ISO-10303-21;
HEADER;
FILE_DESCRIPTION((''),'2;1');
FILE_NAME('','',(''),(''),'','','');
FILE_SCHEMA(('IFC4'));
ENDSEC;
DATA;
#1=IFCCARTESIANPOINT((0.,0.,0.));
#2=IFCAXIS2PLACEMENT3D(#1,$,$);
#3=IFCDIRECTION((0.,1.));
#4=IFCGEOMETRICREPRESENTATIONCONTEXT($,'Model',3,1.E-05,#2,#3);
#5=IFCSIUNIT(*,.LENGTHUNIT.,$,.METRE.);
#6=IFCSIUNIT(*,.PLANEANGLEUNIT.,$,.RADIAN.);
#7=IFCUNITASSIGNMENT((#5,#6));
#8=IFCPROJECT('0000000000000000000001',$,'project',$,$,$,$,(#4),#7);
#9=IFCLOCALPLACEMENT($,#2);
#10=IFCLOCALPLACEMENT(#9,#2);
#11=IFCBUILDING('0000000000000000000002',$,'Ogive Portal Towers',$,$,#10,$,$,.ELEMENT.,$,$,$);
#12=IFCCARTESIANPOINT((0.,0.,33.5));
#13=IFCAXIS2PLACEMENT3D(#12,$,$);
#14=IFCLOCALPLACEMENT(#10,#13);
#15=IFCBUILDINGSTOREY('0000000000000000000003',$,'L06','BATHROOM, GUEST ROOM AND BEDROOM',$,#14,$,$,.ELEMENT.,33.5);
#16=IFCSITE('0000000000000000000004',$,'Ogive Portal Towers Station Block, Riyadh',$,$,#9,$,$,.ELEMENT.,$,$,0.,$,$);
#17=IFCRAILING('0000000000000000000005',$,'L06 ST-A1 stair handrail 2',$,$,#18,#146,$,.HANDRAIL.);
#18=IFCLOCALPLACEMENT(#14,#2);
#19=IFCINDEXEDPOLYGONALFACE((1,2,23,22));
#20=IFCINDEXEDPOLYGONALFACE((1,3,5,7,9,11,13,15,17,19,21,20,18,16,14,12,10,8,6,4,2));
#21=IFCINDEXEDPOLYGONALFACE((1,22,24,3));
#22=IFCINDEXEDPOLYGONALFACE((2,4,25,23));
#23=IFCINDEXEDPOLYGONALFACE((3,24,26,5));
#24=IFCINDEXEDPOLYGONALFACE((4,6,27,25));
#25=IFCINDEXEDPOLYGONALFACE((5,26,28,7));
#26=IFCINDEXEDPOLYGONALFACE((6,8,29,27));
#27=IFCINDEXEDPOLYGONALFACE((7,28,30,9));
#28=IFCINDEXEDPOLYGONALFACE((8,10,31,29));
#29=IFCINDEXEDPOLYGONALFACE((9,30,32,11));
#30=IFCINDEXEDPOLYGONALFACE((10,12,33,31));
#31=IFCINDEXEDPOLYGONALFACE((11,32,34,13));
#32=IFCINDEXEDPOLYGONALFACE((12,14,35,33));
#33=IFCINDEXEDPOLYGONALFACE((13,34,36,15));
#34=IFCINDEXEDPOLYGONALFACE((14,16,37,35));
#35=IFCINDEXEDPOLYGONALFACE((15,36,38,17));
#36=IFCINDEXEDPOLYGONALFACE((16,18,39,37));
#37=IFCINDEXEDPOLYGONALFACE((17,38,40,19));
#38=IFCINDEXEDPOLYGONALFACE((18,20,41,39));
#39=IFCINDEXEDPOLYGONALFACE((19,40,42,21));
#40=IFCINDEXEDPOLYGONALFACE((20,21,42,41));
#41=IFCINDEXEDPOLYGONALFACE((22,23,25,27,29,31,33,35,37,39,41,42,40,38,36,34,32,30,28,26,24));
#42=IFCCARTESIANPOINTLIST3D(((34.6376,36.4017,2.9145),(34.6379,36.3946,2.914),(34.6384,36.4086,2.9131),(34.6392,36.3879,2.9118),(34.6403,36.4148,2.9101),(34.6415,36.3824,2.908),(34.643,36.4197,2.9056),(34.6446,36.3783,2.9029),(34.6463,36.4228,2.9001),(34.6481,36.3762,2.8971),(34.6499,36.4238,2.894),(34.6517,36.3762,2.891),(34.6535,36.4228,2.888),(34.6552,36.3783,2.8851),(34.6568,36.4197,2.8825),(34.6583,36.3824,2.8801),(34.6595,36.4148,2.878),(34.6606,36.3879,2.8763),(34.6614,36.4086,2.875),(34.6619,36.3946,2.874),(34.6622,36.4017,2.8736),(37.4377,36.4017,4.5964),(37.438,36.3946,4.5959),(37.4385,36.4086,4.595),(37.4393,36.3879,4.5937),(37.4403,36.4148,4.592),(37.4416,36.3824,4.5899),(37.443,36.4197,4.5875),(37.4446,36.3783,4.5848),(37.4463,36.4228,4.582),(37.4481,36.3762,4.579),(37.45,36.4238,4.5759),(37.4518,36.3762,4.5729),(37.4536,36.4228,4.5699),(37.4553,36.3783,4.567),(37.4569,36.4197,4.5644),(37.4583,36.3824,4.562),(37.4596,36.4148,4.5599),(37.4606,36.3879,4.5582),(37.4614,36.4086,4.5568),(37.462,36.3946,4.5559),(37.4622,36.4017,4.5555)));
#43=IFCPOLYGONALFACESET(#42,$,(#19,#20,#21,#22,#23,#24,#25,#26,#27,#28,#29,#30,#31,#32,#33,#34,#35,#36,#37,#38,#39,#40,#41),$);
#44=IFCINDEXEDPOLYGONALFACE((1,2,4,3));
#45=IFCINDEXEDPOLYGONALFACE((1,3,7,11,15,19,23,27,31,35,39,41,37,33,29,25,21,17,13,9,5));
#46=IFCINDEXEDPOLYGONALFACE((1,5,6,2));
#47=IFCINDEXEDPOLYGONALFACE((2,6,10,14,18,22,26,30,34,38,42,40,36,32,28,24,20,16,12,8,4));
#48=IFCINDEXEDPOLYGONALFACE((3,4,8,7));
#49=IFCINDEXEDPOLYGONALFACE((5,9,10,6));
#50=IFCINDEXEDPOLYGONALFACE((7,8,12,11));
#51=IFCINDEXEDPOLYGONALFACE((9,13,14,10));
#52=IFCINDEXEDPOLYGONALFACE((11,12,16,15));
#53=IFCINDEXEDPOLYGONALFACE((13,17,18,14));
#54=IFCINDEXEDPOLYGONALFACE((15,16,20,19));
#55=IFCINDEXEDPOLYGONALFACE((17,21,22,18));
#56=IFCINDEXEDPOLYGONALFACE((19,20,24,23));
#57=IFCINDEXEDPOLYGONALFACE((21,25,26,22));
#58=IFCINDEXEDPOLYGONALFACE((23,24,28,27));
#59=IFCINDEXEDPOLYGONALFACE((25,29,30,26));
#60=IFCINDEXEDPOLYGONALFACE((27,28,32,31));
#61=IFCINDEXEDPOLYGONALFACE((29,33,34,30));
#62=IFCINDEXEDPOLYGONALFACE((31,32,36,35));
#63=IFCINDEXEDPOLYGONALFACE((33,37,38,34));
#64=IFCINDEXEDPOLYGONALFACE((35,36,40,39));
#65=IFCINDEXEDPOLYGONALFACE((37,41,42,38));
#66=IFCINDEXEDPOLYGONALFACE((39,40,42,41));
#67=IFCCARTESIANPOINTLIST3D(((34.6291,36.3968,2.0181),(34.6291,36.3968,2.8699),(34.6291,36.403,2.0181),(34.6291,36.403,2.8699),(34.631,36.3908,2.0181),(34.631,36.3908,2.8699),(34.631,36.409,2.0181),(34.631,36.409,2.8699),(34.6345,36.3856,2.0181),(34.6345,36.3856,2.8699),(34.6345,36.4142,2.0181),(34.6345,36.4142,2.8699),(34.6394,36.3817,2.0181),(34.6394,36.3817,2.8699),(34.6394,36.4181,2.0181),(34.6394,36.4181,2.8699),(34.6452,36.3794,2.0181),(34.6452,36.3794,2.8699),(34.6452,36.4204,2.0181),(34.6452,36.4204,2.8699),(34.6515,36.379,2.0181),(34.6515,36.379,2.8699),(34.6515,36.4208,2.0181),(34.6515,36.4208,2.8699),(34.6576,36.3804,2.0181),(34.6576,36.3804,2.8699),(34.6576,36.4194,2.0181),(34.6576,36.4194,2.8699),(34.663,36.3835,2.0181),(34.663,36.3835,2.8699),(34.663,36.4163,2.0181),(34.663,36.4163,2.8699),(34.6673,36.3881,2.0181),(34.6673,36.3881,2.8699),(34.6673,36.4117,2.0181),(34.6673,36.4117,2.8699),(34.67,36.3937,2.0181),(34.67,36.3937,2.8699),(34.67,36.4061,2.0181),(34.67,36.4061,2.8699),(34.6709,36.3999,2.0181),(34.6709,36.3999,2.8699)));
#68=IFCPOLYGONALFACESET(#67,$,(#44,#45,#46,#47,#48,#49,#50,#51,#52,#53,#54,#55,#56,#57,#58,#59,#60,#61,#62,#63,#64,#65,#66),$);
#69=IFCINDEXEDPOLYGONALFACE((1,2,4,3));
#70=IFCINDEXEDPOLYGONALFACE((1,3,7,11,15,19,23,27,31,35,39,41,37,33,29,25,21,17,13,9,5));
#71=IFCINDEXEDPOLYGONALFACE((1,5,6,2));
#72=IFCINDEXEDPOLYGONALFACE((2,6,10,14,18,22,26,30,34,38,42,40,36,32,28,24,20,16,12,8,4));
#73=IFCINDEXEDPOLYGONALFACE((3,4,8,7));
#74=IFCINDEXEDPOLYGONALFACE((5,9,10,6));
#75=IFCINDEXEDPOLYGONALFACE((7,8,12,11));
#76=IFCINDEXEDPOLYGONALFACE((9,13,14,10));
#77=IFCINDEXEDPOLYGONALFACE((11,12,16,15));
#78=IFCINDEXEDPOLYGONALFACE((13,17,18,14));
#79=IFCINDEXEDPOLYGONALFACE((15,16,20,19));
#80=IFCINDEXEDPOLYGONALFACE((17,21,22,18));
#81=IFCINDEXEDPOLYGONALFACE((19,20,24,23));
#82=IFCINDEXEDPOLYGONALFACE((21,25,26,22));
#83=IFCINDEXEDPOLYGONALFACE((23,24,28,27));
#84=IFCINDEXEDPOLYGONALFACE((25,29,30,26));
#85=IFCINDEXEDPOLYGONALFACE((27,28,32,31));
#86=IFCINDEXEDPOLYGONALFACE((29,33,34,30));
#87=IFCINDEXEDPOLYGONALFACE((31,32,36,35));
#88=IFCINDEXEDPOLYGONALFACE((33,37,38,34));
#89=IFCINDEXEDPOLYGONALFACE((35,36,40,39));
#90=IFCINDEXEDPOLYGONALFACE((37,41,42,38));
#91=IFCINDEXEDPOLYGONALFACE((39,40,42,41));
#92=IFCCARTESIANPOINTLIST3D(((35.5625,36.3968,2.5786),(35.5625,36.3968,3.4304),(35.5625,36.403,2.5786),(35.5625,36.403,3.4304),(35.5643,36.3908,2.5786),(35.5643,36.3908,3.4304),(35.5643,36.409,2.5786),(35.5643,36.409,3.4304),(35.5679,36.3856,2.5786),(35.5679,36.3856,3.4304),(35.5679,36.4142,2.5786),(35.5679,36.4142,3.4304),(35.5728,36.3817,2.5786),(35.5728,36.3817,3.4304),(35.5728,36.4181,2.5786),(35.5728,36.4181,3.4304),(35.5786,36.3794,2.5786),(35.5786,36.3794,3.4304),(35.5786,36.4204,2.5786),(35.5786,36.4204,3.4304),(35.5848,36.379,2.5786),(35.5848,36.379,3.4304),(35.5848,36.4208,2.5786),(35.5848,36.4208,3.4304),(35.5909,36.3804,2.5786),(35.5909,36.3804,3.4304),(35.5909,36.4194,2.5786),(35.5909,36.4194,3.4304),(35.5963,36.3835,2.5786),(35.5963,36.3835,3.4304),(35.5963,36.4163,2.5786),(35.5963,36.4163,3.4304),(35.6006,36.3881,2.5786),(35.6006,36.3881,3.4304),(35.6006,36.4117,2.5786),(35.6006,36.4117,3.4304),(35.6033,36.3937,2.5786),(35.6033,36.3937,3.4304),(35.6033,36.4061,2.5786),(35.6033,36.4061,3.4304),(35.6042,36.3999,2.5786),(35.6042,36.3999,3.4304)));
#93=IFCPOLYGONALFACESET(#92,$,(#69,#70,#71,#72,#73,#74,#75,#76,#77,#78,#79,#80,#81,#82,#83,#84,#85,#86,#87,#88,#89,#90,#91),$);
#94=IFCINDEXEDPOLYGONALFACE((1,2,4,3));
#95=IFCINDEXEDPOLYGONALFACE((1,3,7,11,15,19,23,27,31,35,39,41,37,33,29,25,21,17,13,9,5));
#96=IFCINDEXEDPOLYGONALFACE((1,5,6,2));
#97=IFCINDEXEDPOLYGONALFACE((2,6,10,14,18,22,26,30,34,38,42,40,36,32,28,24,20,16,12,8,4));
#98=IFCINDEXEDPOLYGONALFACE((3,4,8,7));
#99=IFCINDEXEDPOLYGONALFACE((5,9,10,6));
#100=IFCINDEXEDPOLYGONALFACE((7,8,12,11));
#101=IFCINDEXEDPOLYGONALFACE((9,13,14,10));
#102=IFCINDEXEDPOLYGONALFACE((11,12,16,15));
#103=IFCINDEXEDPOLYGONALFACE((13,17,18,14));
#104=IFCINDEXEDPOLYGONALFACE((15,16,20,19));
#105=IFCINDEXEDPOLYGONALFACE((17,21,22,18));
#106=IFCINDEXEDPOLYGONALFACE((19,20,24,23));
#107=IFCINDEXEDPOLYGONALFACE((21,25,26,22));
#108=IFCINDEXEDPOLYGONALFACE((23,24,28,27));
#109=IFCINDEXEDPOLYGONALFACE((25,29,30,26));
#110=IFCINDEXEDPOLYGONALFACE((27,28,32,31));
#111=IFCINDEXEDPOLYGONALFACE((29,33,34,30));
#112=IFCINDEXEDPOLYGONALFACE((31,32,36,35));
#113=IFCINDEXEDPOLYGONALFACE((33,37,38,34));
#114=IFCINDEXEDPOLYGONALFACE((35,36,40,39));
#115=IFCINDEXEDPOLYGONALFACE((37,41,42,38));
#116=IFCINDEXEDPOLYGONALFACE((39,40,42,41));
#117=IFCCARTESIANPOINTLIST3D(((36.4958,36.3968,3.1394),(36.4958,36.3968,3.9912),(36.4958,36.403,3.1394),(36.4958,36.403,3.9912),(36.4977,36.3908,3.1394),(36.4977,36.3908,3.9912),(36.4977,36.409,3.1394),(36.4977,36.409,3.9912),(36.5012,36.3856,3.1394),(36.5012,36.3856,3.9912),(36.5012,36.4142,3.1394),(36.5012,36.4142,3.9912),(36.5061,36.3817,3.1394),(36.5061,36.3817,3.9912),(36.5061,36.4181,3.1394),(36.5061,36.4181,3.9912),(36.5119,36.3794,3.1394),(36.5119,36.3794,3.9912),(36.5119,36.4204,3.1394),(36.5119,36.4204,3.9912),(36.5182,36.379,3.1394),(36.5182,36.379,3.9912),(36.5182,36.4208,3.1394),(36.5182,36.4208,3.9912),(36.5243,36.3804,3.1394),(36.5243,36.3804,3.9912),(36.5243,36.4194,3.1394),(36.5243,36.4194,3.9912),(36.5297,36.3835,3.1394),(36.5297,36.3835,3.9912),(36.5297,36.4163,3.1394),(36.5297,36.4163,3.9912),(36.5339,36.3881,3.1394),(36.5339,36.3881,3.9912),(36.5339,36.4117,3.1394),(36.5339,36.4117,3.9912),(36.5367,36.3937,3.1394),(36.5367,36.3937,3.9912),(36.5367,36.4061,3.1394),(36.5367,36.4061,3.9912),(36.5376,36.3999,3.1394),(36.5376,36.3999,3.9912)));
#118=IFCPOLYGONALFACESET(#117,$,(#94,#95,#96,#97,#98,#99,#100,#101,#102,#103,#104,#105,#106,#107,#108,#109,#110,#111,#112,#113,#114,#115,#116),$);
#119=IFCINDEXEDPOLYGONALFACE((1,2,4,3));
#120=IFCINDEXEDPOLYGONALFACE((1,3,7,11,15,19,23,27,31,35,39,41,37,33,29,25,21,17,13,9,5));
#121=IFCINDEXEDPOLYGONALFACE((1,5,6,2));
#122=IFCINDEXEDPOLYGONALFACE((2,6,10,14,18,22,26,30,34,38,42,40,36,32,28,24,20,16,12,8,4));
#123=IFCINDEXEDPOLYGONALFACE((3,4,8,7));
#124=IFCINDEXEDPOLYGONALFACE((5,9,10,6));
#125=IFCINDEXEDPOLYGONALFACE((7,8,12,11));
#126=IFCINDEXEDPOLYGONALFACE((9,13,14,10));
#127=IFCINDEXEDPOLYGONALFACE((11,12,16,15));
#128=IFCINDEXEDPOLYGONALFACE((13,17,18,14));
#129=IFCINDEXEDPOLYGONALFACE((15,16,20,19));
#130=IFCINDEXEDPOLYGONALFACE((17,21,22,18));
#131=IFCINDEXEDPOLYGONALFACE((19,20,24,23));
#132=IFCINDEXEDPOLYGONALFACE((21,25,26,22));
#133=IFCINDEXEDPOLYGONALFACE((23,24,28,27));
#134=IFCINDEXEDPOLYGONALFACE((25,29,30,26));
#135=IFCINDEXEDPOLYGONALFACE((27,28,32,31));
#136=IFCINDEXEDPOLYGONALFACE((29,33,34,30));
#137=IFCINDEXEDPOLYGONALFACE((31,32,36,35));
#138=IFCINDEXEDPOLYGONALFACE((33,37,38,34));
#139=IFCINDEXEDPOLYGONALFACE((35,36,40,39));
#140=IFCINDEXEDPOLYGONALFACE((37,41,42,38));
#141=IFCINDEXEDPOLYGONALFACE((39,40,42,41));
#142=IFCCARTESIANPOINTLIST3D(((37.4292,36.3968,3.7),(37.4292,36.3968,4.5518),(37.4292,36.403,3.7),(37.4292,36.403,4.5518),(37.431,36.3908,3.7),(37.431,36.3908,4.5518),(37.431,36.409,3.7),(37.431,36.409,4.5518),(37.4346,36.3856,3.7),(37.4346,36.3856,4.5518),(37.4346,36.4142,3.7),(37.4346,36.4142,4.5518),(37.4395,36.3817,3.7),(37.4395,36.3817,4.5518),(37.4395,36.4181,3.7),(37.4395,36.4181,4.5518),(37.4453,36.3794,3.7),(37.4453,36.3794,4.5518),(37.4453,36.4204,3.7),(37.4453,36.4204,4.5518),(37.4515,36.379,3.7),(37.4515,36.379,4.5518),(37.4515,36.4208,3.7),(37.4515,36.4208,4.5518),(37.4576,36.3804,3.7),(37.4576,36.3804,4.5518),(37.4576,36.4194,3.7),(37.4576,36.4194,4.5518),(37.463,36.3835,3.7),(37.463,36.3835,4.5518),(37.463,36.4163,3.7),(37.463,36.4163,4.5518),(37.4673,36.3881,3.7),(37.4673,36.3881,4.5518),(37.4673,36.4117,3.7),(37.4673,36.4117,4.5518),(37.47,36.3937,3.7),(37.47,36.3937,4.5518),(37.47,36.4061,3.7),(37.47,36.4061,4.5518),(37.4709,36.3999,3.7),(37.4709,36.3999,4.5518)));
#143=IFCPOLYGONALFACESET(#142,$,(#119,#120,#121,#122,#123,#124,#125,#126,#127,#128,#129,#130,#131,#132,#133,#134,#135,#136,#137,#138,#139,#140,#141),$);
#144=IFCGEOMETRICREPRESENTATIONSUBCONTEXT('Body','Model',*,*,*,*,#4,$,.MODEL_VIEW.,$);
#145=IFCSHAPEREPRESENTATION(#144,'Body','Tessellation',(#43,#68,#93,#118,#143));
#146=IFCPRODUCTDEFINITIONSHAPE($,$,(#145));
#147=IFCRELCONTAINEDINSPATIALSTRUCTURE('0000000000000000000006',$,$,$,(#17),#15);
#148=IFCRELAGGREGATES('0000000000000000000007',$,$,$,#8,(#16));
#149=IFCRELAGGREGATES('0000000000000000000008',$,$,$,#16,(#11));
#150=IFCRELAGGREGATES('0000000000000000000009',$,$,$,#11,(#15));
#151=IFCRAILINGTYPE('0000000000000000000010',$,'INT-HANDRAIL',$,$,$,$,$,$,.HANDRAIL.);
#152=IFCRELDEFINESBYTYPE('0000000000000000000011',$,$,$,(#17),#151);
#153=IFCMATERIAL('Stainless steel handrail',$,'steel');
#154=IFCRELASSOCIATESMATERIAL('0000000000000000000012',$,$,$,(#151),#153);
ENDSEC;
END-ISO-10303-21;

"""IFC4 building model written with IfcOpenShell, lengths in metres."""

from ifc_helpers import new_model, si_unit, direction, frame, origin, origin_2d, place, context, subcontext, project, spatial, circle, extrude, material, type_object, element, save


model = new_model("IFC4")

# Units and contexts
model_context = context("Model", 3, precision=1e-05, world=origin(), true_north=direction((0.0, 1.0)))
body_context = subcontext(model_context, "Body", "Model", "MODEL_VIEW")
ifc_project = project(units=[si_unit("LENGTHUNIT", "METRE"), si_unit("PLANEANGLEUNIT", "RADIAN")], contexts=[model_context])

# Site, building, storey
site_placement = place(None, origin())
site = spatial("IfcSite", under=ifc_project, at=site_placement, Name="Ogive Portal Towers Station Block, Riyadh", CompositionType="ELEMENT", RefElevation=0.0)
building_placement = place(site_placement, origin())
building = spatial("IfcBuilding", under=site, at=building_placement, Name="Ogive Portal Towers", CompositionType="ELEMENT")
storey_placement = place(building_placement, frame((0.0, 0.0, 33.5)))
storey = spatial("IfcBuildingStorey", under=building, at=storey_placement, Name="L06", Description="BATHROOM, GUEST ROOM AND BEDROOM", CompositionType="ELEMENT", Elevation=33.5)

# Railing
ifc_material_1 = material(Name="Stainless steel handrail", Category="steel")
railing_type_1 = type_object("IfcRailingType", Name="INT-HANDRAIL", PredefinedType="HANDRAIL", material=ifc_material_1)
railing_1_placement = place(storey_placement, frame((34.6499, 36.3999, 2.0181)))
element("IfcRailing", 1, at=railing_1_placement, inside=storey, type_object=railing_type_1, Name="L06 ST-A1 stair handrail 2", PredefinedType="HANDRAIL", context=body_context, shape_type="SweptSolid", body=[
    extrude(circle(Radius=0.0239, at=origin_2d()), frame((0.0, 0.0, 0.876), z_axis=(0.857242, 0.0, 0.514913), x_axis=(0.0, 1.0, 0.0)), (0.0, 0.0, 1.0), 3.2664),
    extrude(circle(Radius=0.021, at=origin_2d()), origin(), (0.0, 0.0, 1.0), 0.8518),
    extrude(circle(Radius=0.021, at=origin_2d()), frame((0.9333, 0.0, 0.5605)), (0.0, 0.0, 1.0), 0.8518),
    extrude(circle(Radius=0.021, at=origin_2d()), frame((1.8667, 0.0, 1.1213)), (0.0, 0.0, 1.0), 0.8518),
    extrude(circle(Radius=0.021, at=origin_2d()), frame((2.8, 0.0, 1.6819)), (0.0, 0.0, 1.0), 0.8518),
])

save(model, "model.ifc")
